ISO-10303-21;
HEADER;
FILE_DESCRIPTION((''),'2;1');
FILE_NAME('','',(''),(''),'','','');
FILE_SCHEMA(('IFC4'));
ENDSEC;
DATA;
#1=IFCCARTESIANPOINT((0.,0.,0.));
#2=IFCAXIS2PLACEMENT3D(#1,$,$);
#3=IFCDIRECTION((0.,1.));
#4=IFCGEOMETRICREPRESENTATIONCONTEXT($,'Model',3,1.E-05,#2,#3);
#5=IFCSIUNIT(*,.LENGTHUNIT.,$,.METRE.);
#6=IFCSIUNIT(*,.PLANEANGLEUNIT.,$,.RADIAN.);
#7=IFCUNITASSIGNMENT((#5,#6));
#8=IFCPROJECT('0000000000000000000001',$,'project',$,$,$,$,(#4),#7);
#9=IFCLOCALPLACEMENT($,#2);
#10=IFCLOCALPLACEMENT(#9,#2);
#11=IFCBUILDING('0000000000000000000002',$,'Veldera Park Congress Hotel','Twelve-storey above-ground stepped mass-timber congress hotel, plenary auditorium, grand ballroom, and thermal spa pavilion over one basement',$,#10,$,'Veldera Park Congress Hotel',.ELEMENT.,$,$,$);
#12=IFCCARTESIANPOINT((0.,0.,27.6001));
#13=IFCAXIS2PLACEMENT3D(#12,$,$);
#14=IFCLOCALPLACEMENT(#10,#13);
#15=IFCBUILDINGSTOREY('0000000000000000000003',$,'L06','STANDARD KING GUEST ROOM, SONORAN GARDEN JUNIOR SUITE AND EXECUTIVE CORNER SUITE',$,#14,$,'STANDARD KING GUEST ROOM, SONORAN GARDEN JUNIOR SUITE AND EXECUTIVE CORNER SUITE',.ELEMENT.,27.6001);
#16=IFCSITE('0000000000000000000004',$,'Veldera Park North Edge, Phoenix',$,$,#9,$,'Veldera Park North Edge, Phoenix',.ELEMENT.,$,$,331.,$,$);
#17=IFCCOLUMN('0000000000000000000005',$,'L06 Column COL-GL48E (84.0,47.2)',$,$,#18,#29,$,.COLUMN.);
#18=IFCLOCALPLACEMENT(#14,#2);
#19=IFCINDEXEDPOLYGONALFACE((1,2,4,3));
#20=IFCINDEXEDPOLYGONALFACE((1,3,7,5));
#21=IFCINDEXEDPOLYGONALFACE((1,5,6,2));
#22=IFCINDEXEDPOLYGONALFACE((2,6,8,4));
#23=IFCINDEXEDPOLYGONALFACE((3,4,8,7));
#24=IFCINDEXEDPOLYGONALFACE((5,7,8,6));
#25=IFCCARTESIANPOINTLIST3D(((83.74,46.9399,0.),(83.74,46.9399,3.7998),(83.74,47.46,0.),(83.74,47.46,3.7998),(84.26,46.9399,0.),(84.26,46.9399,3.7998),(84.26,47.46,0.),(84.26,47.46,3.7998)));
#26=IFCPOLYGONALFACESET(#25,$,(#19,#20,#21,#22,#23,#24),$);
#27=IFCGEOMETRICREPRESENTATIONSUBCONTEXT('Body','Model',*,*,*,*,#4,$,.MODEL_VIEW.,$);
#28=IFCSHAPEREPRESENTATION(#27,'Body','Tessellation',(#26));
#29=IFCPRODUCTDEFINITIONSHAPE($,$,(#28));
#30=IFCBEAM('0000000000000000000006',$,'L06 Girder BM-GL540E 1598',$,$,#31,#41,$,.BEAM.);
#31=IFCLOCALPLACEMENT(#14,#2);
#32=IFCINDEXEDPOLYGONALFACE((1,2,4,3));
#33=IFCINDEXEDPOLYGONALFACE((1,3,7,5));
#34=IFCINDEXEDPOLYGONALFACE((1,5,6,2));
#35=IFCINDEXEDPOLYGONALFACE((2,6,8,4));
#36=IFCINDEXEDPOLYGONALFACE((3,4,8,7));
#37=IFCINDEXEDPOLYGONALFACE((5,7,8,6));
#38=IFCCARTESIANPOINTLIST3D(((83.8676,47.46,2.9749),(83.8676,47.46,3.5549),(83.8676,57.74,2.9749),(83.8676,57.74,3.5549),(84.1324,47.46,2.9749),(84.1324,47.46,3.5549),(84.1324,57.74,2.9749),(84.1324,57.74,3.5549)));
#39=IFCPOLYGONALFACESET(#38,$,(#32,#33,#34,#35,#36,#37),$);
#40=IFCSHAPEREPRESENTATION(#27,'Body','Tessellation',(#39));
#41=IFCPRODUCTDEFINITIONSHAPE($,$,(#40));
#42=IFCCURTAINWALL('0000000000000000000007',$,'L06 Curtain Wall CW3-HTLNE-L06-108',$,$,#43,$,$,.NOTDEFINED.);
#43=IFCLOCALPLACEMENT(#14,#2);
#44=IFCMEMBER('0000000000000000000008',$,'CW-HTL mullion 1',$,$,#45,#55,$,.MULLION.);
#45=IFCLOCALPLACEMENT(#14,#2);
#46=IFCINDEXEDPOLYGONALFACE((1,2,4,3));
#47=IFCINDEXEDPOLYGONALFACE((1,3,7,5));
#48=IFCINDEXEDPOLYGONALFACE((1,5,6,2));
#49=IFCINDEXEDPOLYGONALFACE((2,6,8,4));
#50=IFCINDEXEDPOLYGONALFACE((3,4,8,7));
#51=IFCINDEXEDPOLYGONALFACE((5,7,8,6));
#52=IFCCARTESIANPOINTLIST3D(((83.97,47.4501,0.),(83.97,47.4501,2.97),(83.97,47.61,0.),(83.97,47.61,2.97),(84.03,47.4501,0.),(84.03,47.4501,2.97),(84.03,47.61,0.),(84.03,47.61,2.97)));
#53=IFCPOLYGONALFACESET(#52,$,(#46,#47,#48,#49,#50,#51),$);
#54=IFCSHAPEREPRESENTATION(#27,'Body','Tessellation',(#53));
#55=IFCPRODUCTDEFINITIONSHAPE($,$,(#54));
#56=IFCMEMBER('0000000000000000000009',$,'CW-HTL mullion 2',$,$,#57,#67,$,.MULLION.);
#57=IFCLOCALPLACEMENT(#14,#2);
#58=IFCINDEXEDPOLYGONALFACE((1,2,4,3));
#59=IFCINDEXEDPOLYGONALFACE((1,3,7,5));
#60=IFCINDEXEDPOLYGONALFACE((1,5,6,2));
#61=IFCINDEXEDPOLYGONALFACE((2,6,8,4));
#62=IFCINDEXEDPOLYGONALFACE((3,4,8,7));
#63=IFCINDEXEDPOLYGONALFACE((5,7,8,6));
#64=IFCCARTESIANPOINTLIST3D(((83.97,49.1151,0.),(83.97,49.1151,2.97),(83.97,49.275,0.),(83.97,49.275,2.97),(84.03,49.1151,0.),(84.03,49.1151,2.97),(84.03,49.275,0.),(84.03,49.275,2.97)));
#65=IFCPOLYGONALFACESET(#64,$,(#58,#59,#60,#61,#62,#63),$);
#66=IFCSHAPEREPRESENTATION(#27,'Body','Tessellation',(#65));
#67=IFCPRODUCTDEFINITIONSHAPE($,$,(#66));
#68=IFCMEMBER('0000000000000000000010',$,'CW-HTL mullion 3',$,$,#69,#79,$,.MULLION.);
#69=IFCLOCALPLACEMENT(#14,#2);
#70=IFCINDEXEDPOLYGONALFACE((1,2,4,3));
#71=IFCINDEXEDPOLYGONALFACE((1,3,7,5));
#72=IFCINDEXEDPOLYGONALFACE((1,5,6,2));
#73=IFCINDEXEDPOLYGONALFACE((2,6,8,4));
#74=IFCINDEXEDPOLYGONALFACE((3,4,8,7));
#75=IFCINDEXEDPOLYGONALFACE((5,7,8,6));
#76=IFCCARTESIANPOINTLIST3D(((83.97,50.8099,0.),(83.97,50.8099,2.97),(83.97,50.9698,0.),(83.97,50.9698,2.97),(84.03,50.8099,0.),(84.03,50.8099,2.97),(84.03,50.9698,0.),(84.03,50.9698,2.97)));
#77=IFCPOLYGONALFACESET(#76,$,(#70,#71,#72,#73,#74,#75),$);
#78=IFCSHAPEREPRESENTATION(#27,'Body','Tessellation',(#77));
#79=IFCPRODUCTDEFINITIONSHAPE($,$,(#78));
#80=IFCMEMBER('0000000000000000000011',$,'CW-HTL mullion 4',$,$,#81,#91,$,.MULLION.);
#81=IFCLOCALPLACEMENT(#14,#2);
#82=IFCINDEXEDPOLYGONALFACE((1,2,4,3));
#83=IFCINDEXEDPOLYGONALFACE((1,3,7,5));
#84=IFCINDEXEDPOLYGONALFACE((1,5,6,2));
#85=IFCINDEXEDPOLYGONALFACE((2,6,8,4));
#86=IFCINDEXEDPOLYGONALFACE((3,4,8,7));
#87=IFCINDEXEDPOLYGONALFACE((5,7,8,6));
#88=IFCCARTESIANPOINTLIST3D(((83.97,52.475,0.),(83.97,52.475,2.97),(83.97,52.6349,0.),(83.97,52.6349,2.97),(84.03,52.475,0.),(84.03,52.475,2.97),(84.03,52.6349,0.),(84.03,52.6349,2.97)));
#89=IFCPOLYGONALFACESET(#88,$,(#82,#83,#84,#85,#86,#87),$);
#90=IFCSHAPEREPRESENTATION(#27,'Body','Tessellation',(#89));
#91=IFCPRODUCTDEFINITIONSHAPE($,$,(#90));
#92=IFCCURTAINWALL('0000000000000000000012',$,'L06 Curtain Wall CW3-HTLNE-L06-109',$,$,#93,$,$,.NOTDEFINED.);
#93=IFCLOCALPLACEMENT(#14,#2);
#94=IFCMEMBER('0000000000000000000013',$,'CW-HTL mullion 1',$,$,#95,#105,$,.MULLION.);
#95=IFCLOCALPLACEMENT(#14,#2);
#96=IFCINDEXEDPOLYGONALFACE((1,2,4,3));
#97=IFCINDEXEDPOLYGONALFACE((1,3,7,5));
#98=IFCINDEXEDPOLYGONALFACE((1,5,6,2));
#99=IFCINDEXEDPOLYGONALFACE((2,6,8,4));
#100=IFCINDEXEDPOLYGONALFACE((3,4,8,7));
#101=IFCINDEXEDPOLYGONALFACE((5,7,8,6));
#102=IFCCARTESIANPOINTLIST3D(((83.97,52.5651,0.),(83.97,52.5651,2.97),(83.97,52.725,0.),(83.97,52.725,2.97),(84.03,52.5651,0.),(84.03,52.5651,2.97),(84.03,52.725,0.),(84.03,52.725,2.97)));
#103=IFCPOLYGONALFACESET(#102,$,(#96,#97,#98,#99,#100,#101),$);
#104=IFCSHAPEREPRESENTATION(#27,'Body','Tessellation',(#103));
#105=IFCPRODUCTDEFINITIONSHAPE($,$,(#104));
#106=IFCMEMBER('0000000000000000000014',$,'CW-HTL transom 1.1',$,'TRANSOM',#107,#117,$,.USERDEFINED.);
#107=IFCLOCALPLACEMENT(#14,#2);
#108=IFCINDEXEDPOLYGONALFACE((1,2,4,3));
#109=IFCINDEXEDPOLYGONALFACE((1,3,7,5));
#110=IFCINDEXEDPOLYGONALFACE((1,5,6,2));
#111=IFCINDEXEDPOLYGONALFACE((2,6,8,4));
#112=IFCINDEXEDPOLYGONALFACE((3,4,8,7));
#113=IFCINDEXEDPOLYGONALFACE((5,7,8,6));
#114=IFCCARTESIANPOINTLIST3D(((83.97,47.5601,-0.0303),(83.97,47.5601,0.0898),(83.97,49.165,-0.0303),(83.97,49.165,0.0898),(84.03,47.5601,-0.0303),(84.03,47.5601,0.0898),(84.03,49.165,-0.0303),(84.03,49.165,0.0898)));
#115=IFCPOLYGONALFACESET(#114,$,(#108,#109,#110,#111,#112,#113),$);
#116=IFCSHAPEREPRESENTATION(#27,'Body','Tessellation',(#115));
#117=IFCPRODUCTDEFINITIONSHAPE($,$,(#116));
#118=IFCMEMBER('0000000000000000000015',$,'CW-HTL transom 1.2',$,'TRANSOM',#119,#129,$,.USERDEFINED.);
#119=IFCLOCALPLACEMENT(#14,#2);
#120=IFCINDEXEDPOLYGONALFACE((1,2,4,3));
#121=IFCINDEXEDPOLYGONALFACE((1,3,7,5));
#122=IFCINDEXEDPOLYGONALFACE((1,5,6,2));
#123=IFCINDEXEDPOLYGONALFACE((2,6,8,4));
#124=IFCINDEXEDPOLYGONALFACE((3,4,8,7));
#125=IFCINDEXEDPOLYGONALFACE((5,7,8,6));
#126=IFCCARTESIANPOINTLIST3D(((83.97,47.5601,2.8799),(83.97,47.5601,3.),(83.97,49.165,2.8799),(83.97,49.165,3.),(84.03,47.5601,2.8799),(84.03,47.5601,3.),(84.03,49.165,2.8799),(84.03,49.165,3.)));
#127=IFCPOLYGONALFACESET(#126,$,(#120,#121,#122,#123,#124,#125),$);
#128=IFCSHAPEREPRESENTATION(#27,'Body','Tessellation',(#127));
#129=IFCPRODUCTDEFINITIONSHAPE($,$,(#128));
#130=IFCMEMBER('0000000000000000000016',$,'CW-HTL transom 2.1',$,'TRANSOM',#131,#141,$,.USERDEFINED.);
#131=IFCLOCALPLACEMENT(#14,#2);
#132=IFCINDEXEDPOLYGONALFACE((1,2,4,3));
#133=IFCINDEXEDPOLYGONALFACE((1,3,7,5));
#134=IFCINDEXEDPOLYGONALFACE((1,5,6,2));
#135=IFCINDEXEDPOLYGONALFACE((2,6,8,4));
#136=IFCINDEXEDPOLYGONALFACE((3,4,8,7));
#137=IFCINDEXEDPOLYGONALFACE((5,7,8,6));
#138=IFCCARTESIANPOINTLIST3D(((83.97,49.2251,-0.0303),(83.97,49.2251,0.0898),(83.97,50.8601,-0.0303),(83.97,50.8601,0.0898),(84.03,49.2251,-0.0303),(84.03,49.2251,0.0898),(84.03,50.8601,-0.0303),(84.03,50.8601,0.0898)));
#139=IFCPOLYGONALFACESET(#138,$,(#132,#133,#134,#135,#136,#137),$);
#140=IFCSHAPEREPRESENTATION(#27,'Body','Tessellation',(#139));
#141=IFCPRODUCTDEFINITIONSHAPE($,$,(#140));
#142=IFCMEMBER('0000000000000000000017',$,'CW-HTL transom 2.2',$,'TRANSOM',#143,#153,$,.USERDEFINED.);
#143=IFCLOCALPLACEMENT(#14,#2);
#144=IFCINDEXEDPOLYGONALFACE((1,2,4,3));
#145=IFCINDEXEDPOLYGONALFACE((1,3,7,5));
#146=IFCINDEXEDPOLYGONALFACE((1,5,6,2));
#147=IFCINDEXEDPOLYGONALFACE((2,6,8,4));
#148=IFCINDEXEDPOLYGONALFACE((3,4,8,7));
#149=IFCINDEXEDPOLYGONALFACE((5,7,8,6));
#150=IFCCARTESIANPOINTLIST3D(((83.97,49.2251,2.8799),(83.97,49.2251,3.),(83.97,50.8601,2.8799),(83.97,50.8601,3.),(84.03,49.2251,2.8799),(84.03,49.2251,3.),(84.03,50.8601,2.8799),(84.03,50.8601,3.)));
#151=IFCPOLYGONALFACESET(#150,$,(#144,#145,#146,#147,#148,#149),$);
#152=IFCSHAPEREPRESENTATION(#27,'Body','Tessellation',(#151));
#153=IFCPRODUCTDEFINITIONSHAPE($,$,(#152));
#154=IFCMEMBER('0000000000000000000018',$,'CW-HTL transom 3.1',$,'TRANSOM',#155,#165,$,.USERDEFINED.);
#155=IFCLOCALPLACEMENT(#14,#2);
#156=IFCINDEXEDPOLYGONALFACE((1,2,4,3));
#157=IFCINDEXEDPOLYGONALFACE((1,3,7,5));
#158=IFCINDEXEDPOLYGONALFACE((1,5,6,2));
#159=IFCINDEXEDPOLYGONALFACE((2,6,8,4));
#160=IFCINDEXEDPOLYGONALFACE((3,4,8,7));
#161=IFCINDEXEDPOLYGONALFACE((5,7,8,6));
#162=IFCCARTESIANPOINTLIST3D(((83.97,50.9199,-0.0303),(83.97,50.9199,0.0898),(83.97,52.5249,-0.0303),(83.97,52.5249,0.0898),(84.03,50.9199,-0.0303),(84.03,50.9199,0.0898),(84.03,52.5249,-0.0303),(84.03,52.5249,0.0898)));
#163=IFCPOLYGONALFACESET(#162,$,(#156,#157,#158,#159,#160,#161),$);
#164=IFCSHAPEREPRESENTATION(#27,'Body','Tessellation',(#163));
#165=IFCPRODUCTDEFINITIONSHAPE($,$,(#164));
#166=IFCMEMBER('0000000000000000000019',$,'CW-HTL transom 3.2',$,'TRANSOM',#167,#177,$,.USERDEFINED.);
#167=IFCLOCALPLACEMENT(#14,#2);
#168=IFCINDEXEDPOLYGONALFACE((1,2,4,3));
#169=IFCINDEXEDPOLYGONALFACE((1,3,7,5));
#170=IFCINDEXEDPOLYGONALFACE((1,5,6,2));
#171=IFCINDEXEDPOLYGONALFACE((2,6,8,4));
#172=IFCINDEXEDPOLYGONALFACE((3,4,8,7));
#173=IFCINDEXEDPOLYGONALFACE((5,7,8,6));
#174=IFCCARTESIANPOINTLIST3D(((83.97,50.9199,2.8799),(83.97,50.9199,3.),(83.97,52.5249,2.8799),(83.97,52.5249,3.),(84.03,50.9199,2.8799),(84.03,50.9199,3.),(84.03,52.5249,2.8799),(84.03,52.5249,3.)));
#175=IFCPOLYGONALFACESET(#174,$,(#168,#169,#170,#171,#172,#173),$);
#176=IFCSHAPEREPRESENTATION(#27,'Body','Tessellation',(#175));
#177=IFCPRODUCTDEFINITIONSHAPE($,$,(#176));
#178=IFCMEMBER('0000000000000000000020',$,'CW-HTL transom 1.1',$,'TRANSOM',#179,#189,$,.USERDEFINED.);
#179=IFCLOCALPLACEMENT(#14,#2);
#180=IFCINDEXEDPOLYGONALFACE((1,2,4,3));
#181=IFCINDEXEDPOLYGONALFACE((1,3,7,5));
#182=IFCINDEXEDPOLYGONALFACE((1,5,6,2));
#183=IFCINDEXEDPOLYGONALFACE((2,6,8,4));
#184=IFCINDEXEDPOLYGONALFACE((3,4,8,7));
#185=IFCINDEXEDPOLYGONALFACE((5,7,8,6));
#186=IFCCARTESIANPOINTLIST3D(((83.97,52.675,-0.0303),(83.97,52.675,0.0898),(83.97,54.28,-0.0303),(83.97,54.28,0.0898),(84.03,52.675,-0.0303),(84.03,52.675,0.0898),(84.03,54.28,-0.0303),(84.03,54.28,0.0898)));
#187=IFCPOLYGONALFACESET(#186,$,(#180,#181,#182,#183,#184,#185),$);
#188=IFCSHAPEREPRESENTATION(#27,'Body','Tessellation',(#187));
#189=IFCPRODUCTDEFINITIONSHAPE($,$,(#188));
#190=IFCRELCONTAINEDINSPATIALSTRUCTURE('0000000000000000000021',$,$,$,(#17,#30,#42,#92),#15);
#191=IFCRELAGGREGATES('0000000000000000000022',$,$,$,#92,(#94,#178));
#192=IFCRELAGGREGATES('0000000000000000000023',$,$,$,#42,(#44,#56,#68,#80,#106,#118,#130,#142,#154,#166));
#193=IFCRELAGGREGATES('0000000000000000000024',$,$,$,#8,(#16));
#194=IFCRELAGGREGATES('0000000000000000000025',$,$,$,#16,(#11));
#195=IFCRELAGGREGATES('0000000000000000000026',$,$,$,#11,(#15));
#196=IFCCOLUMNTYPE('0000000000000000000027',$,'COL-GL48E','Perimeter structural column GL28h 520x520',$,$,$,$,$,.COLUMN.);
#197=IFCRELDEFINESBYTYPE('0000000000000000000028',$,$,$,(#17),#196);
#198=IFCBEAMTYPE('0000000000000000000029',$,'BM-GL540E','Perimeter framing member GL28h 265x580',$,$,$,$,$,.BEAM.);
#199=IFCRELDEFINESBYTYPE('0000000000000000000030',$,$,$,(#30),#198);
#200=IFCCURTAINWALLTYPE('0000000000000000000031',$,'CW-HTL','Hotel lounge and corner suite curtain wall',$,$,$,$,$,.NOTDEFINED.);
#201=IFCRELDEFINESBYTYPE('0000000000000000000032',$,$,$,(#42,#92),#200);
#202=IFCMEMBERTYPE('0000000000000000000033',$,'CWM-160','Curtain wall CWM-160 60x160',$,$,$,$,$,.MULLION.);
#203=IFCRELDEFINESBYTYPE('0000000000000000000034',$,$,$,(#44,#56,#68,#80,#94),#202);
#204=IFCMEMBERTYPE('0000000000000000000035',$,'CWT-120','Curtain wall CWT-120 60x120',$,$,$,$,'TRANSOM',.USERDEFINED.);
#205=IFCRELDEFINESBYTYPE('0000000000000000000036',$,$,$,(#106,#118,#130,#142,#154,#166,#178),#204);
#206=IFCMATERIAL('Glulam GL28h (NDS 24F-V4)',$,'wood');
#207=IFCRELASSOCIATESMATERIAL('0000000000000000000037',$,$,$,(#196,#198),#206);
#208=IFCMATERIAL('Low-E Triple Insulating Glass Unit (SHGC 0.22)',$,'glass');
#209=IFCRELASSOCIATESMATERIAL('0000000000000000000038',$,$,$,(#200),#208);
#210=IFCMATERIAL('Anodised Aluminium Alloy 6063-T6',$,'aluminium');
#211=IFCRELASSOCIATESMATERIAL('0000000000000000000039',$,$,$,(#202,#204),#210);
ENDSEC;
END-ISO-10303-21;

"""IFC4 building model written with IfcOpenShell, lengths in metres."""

from ifc_helpers import new_model, si_unit, direction, frame, origin, origin_2d, place, context, subcontext, project, spatial, rectangle, extrude, material, material_profile, profile_set, type_object, element, aggregate, save


model = new_model("IFC4")

# Units and contexts
model_context = context("Model", 3, precision=1e-05, world=origin(), true_north=direction((0.0, 1.0)))
body_context = subcontext(model_context, "Body", "Model", "MODEL_VIEW")
ifc_project = project(units=[si_unit("LENGTHUNIT", "METRE"), si_unit("PLANEANGLEUNIT", "RADIAN")], contexts=[model_context])

# Site, building, storey
site_placement = place(None, origin())
site = spatial("IfcSite", under=ifc_project, at=site_placement, Name="Veldera Park North Edge, Phoenix", LongName="Veldera Park North Edge, Phoenix", CompositionType="ELEMENT", RefElevation=331.0)
building_placement = place(site_placement, origin())
building = spatial("IfcBuilding", under=site, at=building_placement, Name="Veldera Park Congress Hotel", Description="Twelve-storey above-ground stepped mass-timber congress hotel, plenary auditorium, grand ballroom, and thermal spa pavilion over one basement", LongName="Veldera Park Congress Hotel", CompositionType="ELEMENT")
storey_placement = place(building_placement, frame((0.0, 0.0, 27.6001)))
storey = spatial("IfcBuildingStorey", under=building, at=storey_placement, Name="L06", Description="STANDARD KING GUEST ROOM, SONORAN GARDEN JUNIOR SUITE AND EXECUTIVE CORNER SUITE", LongName="STANDARD KING GUEST ROOM, SONORAN GARDEN JUNIOR SUITE AND EXECUTIVE CORNER SUITE", CompositionType="ELEMENT", Elevation=27.6001)

# Column
ifc_material_1 = material(Name="Glulam GL28h (NDS 24F-V4)", Category="wood")
ifc_material_profile_1 = material_profile(ifc_material_1, rectangle(XDim=0.52, YDim=0.52, at=origin_2d()), Name="GL28h 520x520")
ifc_profile_set_1 = profile_set([ifc_material_profile_1], Name="Glulam GL28h (NDS 24F-V4)")
column_type = type_object("IfcColumnType", Name="COL-GL48E", Description="Perimeter structural column GL28h 520x520", PredefinedType="COLUMN", material=ifc_profile_set_1)
column_placement = place(storey_placement, frame((84.0, 47.2, 0.0), z_axis=(0.0, 0.0, 1.0), x_axis=(1.0, 0.0, 0.0)))
element("IfcColumn", 1, at=column_placement, inside=storey, type_object=column_type, Name="L06 Column COL-GL48E (84.0,47.2)", PredefinedType="COLUMN", context=body_context, shape_type="SweptSolid", body=[
    extrude(rectangle(XDim=0.52, YDim=0.52, at=origin_2d()), origin(), (0.0, 0.0, 1.0), 3.7998),
])

# Beam
ifc_material_profile_2 = material_profile(ifc_material_1, rectangle(XDim=0.2649, YDim=0.5801, at=origin_2d()), Name="GL28h 265x580")
ifc_profile_set_2 = profile_set([ifc_material_profile_2], Name="Glulam GL28h (NDS 24F-V4)")
beam_type_1 = type_object("IfcBeamType", Name="BM-GL540E", Description="Perimeter framing member GL28h 265x580", PredefinedType="BEAM", material=ifc_profile_set_2)
beam_1_placement = place(storey_placement, frame((84.0, 47.46, 3.2649), z_axis=(0.0, 1.0, 0.0), x_axis=(-1.0, 0.0, 0.0)))
element("IfcBeam", 2, at=beam_1_placement, inside=storey, type_object=beam_type_1, Name="L06 Girder BM-GL540E 1598", PredefinedType="BEAM", context=body_context, shape_type="SweptSolid", body=[
    extrude(rectangle(XDim=0.2649, YDim=0.5801, at=origin_2d()), origin(), (0.0, 0.0, 1.0), 10.28),
])

# Curtain wall, members
ifc_material_2 = material(Name="Low-E Triple Insulating Glass Unit (SHGC 0.22)", Category="glass")
curtain_wall_type = type_object("IfcCurtainWallType", Name="CW-HTL", Description="Hotel lounge and corner suite curtain wall", PredefinedType="NOTDEFINED", material=ifc_material_2)
curtain_wall_1_placement = place(storey_placement, origin())
curtain_wall_1 = element("IfcCurtainWall", 3, at=curtain_wall_1_placement, inside=storey, type_object=curtain_wall_type, Name="L06 Curtain Wall CW3-HTLNE-L06-108", PredefinedType="NOTDEFINED")
ifc_material_3 = material(Name="Anodised Aluminium Alloy 6063-T6", Category="aluminium")
ifc_material_profile_3 = material_profile(ifc_material_3, rectangle(XDim=0.0601, YDim=0.1599, at=origin_2d()), Name="ALU 60x160")
ifc_profile_set_3 = profile_set([ifc_material_profile_3], Name="Anodised Aluminium Alloy 6063-T6")
member_type_1 = type_object("IfcMemberType", Name="CWM-160", Description="Curtain wall CWM-160 60x160", PredefinedType="MULLION", material=ifc_profile_set_3)
member_1_placement = place(storey_placement, frame((84.0, 47.53, 0.0), z_axis=(0.0, 0.0, 1.0), x_axis=(-1.0, 0.0, 0.0)))
member_1 = element("IfcMember", 4, at=member_1_placement, type_object=member_type_1, Name="CW-HTL mullion 1", PredefinedType="MULLION", context=body_context, shape_type="SweptSolid", body=[
    extrude(rectangle(XDim=0.0601, YDim=0.1599, at=origin_2d()), origin(), (0.0, 0.0, 1.0), 2.97),
])
member_2_placement = place(storey_placement, frame((84.0, 49.1951, 0.0), z_axis=(0.0, 0.0, 1.0), x_axis=(-1.0, 0.0, 0.0)))
member_2 = element("IfcMember", 5, at=member_2_placement, type_object=member_type_1, Name="CW-HTL mullion 2", PredefinedType="MULLION", context=body_context, shape_type="SweptSolid", body=[
    extrude(rectangle(XDim=0.0601, YDim=0.1599, at=origin_2d()), origin(), (0.0, 0.0, 1.0), 2.97),
])
member_3_placement = place(storey_placement, frame((84.0, 50.8899, 0.0), z_axis=(0.0, 0.0, 1.0), x_axis=(-1.0, 0.0, 0.0)))
member_3 = element("IfcMember", 6, at=member_3_placement, type_object=member_type_1, Name="CW-HTL mullion 3", PredefinedType="MULLION", context=body_context, shape_type="SweptSolid", body=[
    extrude(rectangle(XDim=0.0601, YDim=0.1599, at=origin_2d()), origin(), (0.0, 0.0, 1.0), 2.97),
])
member_4_placement = place(storey_placement, frame((84.0, 52.5549, 0.0), z_axis=(0.0, 0.0, 1.0), x_axis=(-1.0, 0.0, 0.0)))
member_4 = element("IfcMember", 7, at=member_4_placement, type_object=member_type_1, Name="CW-HTL mullion 4", PredefinedType="MULLION", context=body_context, shape_type="SweptSolid", body=[
    extrude(rectangle(XDim=0.0601, YDim=0.1599, at=origin_2d()), origin(), (0.0, 0.0, 1.0), 2.97),
])

# Curtain wall, member
curtain_wall_2_placement = place(storey_placement, origin())
curtain_wall_2 = element("IfcCurtainWall", 8, at=curtain_wall_2_placement, inside=storey, type_object=curtain_wall_type, Name="L06 Curtain Wall CW3-HTLNE-L06-109", PredefinedType="NOTDEFINED")
member_5_placement = place(storey_placement, frame((84.0, 52.645, 0.0), z_axis=(0.0, 0.0, 1.0), x_axis=(-1.0, 0.0, 0.0)))
member_5 = element("IfcMember", 9, at=member_5_placement, type_object=member_type_1, Name="CW-HTL mullion 1", PredefinedType="MULLION", context=body_context, shape_type="SweptSolid", body=[
    extrude(rectangle(XDim=0.0601, YDim=0.1599, at=origin_2d()), origin(), (0.0, 0.0, 1.0), 2.97),
])

# Members
ifc_material_profile_4 = material_profile(ifc_material_3, rectangle(XDim=0.0601, YDim=0.1201, at=origin_2d()), Name="ALU 60x120")
ifc_profile_set_4 = profile_set([ifc_material_profile_4], Name="Anodised Aluminium Alloy 6063-T6")
member_type_2 = type_object("IfcMemberType", Name="CWT-120", Description="Curtain wall CWT-120 60x120", ElementType="TRANSOM", PredefinedType="USERDEFINED", material=ifc_profile_set_4)
member_6_placement = place(storey_placement, frame((84.0, 47.5601, 0.0298), z_axis=(0.0, 1.0, 0.0), x_axis=(-1.0, 0.0, 0.0)))
member_6 = element("IfcMember", 10, at=member_6_placement, type_object=member_type_2, Name="CW-HTL transom 1.1", ObjectType="TRANSOM", PredefinedType="USERDEFINED", context=body_context, shape_type="SweptSolid", body=[
    extrude(rectangle(XDim=0.0601, YDim=0.1201, at=origin_2d()), origin(), (0.0, 0.0, 1.0), 1.605),
])
member_7_placement = place(storey_placement, frame((84.0, 47.5601, 2.9399), z_axis=(0.0, 1.0, 0.0), x_axis=(-1.0, 0.0, 0.0)))
member_7 = element("IfcMember", 11, at=member_7_placement, type_object=member_type_2, Name="CW-HTL transom 1.2", ObjectType="TRANSOM", PredefinedType="USERDEFINED", context=body_context, shape_type="SweptSolid", body=[
    extrude(rectangle(XDim=0.0601, YDim=0.1201, at=origin_2d()), origin(), (0.0, 0.0, 1.0), 1.605),
])
member_8_placement = place(storey_placement, frame((84.0, 49.2251, 0.0298), z_axis=(0.0, 1.0, 0.0), x_axis=(-1.0, 0.0, 0.0)))
member_8 = element("IfcMember", 12, at=member_8_placement, type_object=member_type_2, Name="CW-HTL transom 2.1", ObjectType="TRANSOM", PredefinedType="USERDEFINED", context=body_context, shape_type="SweptSolid", body=[
    extrude(rectangle(XDim=0.0601, YDim=0.1201, at=origin_2d()), origin(), (0.0, 0.0, 1.0), 1.635),
])
member_9_placement = place(storey_placement, frame((84.0, 49.2251, 2.9399), z_axis=(0.0, 1.0, 0.0), x_axis=(-1.0, 0.0, 0.0)))
member_9 = element("IfcMember", 13, at=member_9_placement, type_object=member_type_2, Name="CW-HTL transom 2.2", ObjectType="TRANSOM", PredefinedType="USERDEFINED", context=body_context, shape_type="SweptSolid", body=[
    extrude(rectangle(XDim=0.0601, YDim=0.1201, at=origin_2d()), origin(), (0.0, 0.0, 1.0), 1.635),
])
member_10_placement = place(storey_placement, frame((84.0, 50.9199, 0.0298), z_axis=(0.0, 1.0, 0.0), x_axis=(-1.0, 0.0, 0.0)))
member_10 = element("IfcMember", 14, at=member_10_placement, type_object=member_type_2, Name="CW-HTL transom 3.1", ObjectType="TRANSOM", PredefinedType="USERDEFINED", context=body_context, shape_type="SweptSolid", body=[
    extrude(rectangle(XDim=0.0601, YDim=0.1201, at=origin_2d()), origin(), (0.0, 0.0, 1.0), 1.605),
])
member_11_placement = place(storey_placement, frame((84.0, 50.9199, 2.9399), z_axis=(0.0, 1.0, 0.0), x_axis=(-1.0, 0.0, 0.0)))
member_11 = element("IfcMember", 15, at=member_11_placement, type_object=member_type_2, Name="CW-HTL transom 3.2", ObjectType="TRANSOM", PredefinedType="USERDEFINED", context=body_context, shape_type="SweptSolid", body=[
    extrude(rectangle(XDim=0.0601, YDim=0.1201, at=origin_2d()), origin(), (0.0, 0.0, 1.0), 1.605),
])
member_12_placement = place(storey_placement, frame((84.0, 52.675, 0.0298), z_axis=(0.0, 1.0, 0.0), x_axis=(-1.0, 0.0, 0.0)))
member_12 = element("IfcMember", 16, at=member_12_placement, type_object=member_type_2, Name="CW-HTL transom 1.1", ObjectType="TRANSOM", PredefinedType="USERDEFINED", context=body_context, shape_type="SweptSolid", body=[
    extrude(rectangle(XDim=0.0601, YDim=0.1201, at=origin_2d()), origin(), (0.0, 0.0, 1.0), 1.605),
])
aggregate(curtain_wall_2, [member_5, member_12])

aggregate(curtain_wall_1, [member_1, member_2, member_3, member_4, member_6, member_7, member_8, member_9, member_10, member_11])

save(model, "model.ifc")
